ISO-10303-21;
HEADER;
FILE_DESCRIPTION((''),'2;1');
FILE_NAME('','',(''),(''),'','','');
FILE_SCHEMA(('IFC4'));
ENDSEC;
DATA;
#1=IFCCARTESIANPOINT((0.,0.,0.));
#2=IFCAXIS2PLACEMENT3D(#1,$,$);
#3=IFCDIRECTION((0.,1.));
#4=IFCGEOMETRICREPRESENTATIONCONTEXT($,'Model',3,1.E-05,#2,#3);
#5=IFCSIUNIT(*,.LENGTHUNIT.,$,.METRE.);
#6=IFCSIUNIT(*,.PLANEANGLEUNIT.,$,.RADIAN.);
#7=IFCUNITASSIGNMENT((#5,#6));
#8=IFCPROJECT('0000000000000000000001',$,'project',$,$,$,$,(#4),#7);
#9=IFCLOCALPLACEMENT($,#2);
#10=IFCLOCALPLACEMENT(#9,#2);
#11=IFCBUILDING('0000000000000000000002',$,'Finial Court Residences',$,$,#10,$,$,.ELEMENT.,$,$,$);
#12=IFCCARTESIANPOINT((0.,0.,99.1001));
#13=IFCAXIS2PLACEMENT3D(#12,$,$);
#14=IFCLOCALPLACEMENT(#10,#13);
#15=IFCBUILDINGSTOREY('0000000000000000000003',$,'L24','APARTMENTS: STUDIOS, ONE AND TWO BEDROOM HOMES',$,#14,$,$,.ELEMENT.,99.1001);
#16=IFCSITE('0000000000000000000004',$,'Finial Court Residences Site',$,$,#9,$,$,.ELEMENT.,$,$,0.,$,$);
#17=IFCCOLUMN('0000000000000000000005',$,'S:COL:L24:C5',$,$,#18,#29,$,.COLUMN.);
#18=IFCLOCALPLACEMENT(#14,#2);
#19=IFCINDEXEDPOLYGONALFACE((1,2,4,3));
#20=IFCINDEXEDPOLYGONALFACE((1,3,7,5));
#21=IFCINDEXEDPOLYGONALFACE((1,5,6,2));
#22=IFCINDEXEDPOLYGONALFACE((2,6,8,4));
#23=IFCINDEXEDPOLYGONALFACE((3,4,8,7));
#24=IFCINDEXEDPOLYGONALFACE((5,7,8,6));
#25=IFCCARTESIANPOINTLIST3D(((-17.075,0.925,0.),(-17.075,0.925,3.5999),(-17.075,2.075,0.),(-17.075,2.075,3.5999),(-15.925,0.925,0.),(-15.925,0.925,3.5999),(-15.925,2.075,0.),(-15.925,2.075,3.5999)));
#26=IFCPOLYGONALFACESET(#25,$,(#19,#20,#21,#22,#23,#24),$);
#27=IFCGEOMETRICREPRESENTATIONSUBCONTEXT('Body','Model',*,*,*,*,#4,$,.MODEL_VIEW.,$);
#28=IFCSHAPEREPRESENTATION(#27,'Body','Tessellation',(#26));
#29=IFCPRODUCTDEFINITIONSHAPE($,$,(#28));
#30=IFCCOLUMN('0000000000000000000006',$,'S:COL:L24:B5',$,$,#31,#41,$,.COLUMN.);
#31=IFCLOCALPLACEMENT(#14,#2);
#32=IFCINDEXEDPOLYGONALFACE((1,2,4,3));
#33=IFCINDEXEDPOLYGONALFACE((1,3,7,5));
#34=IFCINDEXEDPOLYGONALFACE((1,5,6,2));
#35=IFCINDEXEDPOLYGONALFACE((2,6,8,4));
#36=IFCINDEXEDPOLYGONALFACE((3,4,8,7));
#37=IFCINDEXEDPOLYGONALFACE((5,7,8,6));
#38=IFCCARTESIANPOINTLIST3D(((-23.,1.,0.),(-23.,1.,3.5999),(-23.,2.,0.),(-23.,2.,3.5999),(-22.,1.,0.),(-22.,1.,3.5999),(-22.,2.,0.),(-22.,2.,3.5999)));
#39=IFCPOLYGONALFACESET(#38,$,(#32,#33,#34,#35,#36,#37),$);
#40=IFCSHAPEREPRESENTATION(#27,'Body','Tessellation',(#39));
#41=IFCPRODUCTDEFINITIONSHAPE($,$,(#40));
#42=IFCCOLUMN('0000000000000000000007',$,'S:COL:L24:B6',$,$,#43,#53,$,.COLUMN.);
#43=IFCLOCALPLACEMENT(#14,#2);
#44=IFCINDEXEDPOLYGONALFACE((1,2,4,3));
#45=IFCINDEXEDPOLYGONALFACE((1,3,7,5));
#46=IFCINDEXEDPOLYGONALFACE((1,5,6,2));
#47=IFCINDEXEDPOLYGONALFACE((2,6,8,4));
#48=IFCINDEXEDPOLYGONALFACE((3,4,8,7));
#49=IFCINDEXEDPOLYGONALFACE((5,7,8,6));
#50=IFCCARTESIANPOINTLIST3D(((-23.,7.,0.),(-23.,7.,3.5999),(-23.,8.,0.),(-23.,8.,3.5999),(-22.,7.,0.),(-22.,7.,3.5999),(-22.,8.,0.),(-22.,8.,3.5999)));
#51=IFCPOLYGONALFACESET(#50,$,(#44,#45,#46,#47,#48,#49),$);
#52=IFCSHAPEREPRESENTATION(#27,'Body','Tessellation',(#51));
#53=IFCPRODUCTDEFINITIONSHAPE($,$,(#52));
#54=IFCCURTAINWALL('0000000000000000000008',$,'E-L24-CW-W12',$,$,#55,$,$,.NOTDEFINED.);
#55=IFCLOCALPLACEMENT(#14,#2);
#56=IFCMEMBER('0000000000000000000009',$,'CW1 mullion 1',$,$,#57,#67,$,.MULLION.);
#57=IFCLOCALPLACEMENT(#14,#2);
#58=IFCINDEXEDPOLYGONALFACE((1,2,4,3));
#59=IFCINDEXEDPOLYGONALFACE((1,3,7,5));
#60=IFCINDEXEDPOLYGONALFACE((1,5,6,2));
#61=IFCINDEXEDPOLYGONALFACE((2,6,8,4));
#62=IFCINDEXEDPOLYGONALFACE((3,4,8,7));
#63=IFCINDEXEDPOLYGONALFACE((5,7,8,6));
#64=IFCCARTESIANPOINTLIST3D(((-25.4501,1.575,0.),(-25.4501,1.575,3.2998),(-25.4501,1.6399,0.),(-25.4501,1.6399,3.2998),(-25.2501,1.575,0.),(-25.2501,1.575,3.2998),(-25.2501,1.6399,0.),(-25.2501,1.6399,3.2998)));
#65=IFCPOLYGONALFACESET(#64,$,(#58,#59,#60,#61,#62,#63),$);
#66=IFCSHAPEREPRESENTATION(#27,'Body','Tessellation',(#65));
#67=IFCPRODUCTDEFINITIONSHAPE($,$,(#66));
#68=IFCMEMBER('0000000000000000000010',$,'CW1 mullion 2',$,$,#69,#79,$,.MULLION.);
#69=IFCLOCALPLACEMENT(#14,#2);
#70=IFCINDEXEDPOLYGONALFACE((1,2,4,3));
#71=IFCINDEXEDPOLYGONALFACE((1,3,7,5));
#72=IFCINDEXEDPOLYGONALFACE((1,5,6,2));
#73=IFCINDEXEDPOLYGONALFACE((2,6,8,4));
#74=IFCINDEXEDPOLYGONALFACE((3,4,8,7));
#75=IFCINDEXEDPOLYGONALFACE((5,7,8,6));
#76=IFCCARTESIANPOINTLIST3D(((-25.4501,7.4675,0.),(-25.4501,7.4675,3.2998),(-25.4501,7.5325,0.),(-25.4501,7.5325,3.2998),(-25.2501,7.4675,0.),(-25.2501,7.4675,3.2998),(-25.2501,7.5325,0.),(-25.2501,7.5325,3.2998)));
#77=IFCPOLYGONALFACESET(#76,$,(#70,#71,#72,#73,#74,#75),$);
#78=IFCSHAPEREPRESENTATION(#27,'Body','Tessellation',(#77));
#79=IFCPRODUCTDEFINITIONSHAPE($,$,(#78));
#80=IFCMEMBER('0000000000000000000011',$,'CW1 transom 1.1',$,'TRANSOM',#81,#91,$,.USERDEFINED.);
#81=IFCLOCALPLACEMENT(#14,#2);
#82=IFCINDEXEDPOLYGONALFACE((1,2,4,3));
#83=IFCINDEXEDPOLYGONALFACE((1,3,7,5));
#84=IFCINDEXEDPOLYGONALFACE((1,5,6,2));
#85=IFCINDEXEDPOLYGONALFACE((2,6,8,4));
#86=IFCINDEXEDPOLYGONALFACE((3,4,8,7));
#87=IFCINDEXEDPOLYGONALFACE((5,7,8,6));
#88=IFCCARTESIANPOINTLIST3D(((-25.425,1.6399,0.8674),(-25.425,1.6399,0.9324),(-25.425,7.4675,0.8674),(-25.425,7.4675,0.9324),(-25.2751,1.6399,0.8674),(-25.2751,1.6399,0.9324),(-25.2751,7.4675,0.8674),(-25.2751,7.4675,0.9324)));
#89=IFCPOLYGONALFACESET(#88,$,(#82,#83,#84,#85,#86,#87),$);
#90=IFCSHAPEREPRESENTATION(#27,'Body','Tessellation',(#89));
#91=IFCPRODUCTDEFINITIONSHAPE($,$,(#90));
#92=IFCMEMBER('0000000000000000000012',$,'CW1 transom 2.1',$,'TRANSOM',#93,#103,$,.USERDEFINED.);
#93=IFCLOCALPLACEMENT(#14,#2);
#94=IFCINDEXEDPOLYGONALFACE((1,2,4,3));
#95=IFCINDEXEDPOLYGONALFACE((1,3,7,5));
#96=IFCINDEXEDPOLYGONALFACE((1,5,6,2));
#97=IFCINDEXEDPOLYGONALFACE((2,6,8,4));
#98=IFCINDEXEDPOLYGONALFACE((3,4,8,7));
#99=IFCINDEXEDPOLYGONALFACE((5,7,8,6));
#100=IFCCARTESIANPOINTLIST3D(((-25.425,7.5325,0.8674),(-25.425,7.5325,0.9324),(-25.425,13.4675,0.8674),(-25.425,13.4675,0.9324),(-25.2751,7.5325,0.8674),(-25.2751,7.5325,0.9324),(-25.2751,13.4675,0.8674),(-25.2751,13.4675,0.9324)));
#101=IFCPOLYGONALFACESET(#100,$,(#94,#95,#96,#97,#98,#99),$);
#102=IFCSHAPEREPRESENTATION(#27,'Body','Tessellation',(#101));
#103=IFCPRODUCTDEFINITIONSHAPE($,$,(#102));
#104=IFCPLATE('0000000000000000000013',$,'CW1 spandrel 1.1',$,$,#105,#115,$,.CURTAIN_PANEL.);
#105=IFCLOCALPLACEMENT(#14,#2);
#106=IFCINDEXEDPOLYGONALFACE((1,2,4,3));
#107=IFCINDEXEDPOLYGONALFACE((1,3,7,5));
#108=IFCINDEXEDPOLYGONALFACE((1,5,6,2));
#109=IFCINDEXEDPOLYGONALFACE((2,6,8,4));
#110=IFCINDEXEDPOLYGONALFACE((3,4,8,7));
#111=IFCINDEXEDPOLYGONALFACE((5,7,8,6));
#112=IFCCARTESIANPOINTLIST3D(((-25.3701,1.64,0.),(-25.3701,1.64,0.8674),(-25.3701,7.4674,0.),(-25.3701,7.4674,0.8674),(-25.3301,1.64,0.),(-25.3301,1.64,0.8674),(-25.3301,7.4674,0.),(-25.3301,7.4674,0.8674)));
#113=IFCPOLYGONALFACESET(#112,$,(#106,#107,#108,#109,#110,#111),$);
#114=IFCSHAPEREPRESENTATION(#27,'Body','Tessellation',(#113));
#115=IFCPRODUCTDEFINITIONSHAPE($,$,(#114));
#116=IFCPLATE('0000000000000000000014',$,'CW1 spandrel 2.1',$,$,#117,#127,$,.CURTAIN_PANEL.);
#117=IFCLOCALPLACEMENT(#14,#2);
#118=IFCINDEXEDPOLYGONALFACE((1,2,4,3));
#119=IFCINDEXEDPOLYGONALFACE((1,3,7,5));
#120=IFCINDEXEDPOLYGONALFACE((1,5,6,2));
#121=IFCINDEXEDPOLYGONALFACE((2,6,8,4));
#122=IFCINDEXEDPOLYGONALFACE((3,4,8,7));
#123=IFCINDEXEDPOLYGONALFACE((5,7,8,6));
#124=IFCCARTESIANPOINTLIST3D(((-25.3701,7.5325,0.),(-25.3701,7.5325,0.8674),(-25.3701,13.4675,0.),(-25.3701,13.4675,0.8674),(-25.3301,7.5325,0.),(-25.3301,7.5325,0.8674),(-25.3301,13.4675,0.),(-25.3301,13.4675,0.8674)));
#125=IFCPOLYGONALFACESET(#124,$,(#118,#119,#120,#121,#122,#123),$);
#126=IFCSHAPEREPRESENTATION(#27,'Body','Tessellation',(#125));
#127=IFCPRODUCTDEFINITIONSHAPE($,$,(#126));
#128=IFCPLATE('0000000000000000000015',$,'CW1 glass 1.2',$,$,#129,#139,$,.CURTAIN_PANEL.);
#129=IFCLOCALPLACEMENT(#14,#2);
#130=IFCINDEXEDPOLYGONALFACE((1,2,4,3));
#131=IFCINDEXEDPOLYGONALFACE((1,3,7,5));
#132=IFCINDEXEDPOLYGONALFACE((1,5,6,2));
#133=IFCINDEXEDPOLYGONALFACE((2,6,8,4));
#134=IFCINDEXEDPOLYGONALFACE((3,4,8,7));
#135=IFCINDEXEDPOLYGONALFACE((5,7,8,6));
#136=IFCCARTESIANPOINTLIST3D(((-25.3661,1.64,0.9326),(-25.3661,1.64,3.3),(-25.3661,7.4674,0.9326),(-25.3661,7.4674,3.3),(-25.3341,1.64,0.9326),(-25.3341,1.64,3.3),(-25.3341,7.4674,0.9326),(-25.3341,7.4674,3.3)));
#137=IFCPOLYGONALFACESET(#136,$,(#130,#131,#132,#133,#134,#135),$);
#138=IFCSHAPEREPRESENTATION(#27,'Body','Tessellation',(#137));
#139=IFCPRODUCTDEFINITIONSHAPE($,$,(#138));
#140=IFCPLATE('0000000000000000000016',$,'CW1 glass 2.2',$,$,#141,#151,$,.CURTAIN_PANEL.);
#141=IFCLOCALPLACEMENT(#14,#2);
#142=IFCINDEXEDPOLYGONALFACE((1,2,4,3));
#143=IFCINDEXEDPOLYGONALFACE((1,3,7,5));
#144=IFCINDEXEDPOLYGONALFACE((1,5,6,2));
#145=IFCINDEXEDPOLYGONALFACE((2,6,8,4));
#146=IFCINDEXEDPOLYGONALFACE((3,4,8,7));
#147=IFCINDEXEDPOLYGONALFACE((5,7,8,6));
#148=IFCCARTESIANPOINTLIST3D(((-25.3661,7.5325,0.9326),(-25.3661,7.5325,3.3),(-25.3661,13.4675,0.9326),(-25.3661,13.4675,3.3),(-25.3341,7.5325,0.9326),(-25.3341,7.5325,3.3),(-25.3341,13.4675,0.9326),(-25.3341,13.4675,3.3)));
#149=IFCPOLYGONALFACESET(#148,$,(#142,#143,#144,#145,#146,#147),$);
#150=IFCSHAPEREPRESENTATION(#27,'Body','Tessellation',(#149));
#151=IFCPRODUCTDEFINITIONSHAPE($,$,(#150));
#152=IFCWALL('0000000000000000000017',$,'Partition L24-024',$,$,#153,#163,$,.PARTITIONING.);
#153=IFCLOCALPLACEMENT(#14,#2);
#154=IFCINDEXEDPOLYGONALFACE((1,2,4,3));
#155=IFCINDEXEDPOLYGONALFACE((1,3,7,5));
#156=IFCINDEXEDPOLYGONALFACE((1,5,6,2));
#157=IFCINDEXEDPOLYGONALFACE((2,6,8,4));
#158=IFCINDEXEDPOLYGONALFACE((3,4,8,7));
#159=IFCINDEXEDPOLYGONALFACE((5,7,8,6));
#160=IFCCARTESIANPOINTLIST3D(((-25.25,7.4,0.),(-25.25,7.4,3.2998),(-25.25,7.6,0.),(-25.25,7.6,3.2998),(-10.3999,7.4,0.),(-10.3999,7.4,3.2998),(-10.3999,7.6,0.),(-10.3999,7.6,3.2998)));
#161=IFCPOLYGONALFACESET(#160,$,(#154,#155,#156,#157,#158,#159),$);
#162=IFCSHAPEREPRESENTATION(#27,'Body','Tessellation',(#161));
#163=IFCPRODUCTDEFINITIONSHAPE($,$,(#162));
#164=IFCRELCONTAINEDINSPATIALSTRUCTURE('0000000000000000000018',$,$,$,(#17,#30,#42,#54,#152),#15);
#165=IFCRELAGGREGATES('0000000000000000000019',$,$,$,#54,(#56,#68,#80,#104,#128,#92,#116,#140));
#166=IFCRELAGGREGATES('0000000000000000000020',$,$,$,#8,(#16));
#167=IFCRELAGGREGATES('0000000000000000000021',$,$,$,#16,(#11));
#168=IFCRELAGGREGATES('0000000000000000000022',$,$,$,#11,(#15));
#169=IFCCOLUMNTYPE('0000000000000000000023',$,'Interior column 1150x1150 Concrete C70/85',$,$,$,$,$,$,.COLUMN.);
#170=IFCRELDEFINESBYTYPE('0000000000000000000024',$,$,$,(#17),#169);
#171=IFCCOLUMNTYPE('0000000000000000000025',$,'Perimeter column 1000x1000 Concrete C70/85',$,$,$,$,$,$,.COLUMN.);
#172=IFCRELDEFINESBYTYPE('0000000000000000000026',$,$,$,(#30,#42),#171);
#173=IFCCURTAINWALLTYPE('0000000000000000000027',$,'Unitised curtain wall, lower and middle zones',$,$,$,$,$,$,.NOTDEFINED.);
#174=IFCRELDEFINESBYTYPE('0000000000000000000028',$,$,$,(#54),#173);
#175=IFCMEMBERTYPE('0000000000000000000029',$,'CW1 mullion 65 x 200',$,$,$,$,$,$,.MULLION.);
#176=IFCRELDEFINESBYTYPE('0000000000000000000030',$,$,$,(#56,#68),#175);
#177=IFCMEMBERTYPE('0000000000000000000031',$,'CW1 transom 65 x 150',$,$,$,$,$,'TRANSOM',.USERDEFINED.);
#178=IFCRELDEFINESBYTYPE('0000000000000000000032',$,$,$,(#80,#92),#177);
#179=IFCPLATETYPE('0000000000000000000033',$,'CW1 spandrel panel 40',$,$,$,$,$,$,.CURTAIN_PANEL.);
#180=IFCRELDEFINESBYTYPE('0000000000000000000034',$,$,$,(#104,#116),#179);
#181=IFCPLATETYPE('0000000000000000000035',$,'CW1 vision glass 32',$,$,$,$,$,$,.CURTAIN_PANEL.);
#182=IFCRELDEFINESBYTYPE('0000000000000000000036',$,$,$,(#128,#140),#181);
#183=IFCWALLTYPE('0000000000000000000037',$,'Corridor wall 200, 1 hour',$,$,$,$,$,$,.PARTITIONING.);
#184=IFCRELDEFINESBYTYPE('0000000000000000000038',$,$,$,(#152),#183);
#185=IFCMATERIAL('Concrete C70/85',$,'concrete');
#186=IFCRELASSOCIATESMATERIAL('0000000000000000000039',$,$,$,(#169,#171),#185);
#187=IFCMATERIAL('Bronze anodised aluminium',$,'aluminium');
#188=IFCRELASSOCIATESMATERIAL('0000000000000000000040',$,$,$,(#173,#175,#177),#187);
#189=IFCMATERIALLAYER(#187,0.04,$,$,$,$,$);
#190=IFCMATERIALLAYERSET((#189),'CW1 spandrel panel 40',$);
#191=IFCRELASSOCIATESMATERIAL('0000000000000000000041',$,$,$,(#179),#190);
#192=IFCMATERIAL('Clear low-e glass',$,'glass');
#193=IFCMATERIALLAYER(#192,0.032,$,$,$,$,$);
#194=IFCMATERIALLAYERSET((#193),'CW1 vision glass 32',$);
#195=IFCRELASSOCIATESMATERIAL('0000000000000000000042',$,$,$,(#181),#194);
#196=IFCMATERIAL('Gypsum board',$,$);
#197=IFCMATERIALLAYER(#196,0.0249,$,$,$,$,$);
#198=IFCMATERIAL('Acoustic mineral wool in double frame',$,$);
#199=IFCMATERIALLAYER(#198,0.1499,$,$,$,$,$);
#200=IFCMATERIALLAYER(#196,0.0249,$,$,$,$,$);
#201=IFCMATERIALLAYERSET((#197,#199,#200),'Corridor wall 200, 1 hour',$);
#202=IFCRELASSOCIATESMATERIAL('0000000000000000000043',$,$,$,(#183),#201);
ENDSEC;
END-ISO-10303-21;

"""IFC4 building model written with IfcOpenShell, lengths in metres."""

from ifc_helpers import new_model, si_unit, direction, frame, frame_2d, origin, origin_2d, place, context, subcontext, project, spatial, rectangle, extrude, material, layer, layer_set, material_profile, profile_set, type_object, element, aggregate, save


model = new_model("IFC4")

# Units and contexts
model_context = context("Model", 3, precision=1e-05, world=origin(), true_north=direction((0.0, 1.0)))
body_context = subcontext(model_context, "Body", "Model", "MODEL_VIEW")
ifc_project = project(units=[si_unit("LENGTHUNIT", "METRE"), si_unit("PLANEANGLEUNIT", "RADIAN")], contexts=[model_context])

# Site, building, storey
site_placement = place(None, origin())
site = spatial("IfcSite", under=ifc_project, at=site_placement, Name="Finial Court Residences Site", CompositionType="ELEMENT", RefElevation=0.0)
building_placement = place(site_placement, origin())
building = spatial("IfcBuilding", under=site, at=building_placement, Name="Finial Court Residences", CompositionType="ELEMENT")
storey_placement = place(building_placement, frame((0.0, 0.0, 99.1001)))
storey = spatial("IfcBuildingStorey", under=building, at=storey_placement, Name="L24", Description="APARTMENTS: STUDIOS, ONE AND TWO BEDROOM HOMES", CompositionType="ELEMENT", Elevation=99.1001)

# Columns
ifc_material_1 = material(Name="Concrete C70/85", Category="concrete")
ifc_material_profile_1 = material_profile(ifc_material_1, rectangle(XDim=1.1499, YDim=1.1499, at=origin_2d()), Name="1150x1150")
ifc_profile_set_1 = profile_set([ifc_material_profile_1], Name="Concrete C70/85")
column_type_1 = type_object("IfcColumnType", Name="Interior column 1150x1150 Concrete C70/85", PredefinedType="COLUMN", material=ifc_profile_set_1)
column_placement = place(storey_placement, frame((-16.5, 1.5, 0.0), z_axis=(0.0, 0.0, 1.0), x_axis=(1.0, 0.0, 0.0)))
element("IfcColumn", 1, at=column_placement, inside=storey, type_object=column_type_1, Name="S:COL:L24:C5", PredefinedType="COLUMN", context=body_context, shape_type="SweptSolid", body=[
    extrude(rectangle(XDim=1.1499, YDim=1.1499, at=origin_2d()), origin(), (0.0, 0.0, 1.0), 3.5999),
])
ifc_material_profile_2 = material_profile(ifc_material_1, rectangle(XDim=1.0, YDim=1.0, at=origin_2d()), Name="1000x1000")
ifc_profile_set_2 = profile_set([ifc_material_profile_2], Name="Concrete C70/85")
column_type_2 = type_object("IfcColumnType", Name="Perimeter column 1000x1000 Concrete C70/85", PredefinedType="COLUMN", material=ifc_profile_set_2)
for number, where, z_axis, x_axis, name in (
    (2, (-22.5, 1.5, 0.0), (0.0, 0.0, 1.0), (1.0, 0.0, 0.0), "S:COL:L24:B5"),
    (3, (-22.5, 7.5, 0.0), (0.0, 0.0, 1.0), (1.0, 0.0, 0.0), "S:COL:L24:B6"),
):
    element("IfcColumn", number, at=place(storey_placement, frame(where, z_axis=z_axis, x_axis=x_axis)), inside=storey, type_object=column_type_2, Name=name, PredefinedType="COLUMN", context=body_context, shape_type="SweptSolid", body=[
        extrude(rectangle(XDim=1.0, YDim=1.0, at=origin_2d()), origin(), (0.0, 0.0, 1.0), 3.5999),
    ])

# Curtain wall, members, plates
ifc_material_2 = material(Name="Bronze anodised aluminium", Category="aluminium")
curtain_wall_type = type_object("IfcCurtainWallType", Name="Unitised curtain wall, lower and middle zones", PredefinedType="NOTDEFINED", material=ifc_material_2)
curtain_wall_placement = place(storey_placement, origin())
curtain_wall = element("IfcCurtainWall", 4, at=curtain_wall_placement, inside=storey, type_object=curtain_wall_type, Name="E-L24-CW-W12", PredefinedType="NOTDEFINED")
ifc_material_profile_3 = material_profile(ifc_material_2, rectangle(XDim=0.2, YDim=0.0649, at=origin_2d()), Name="CW1 mullion 65 x 200")
ifc_profile_set_3 = profile_set([ifc_material_profile_3], Name="Bronze anodised aluminium")
member_type_1 = type_object("IfcMemberType", Name="CW1 mullion 65 x 200", PredefinedType="MULLION", material=ifc_profile_set_3)
member_1_placement = place(storey_placement, frame((-25.3501, 1.6074, 0.0), z_axis=(0.0, 0.0, 1.0), x_axis=(-1.0, 0.0, 0.0)))
member_1 = element("IfcMember", 5, at=member_1_placement, type_object=member_type_1, Name="CW1 mullion 1", PredefinedType="MULLION", context=body_context, shape_type="SweptSolid", body=[
    extrude(rectangle(XDim=0.2, YDim=0.0649, at=origin_2d()), origin(), (0.0, 0.0, 1.0), 3.2998),
])
member_2_placement = place(storey_placement, frame((-25.3501, 7.5, 0.0), z_axis=(0.0, 0.0, 1.0), x_axis=(-1.0, 0.0, 0.0)))
member_2 = element("IfcMember", 6, at=member_2_placement, type_object=member_type_1, Name="CW1 mullion 2", PredefinedType="MULLION", context=body_context, shape_type="SweptSolid", body=[
    extrude(rectangle(XDim=0.2, YDim=0.0649, at=origin_2d()), origin(), (0.0, 0.0, 1.0), 3.2998),
])
ifc_material_profile_4 = material_profile(ifc_material_2, rectangle(XDim=0.1499, YDim=0.0649, at=origin_2d()), Name="CW1 transom 65 x 150")
ifc_profile_set_4 = profile_set([ifc_material_profile_4], Name="Bronze anodised aluminium")
member_type_2 = type_object("IfcMemberType", Name="CW1 transom 65 x 150", ElementType="TRANSOM", PredefinedType="USERDEFINED", material=ifc_profile_set_4)
member_3_placement = place(storey_placement, frame((-25.3501, 1.6399, 0.8999), z_axis=(0.0, 1.0, 0.0), x_axis=(-1.0, 0.0, 0.0)))
member_3 = element("IfcMember", 7, at=member_3_placement, type_object=member_type_2, Name="CW1 transom 1.1", ObjectType="TRANSOM", PredefinedType="USERDEFINED", context=body_context, shape_type="SweptSolid", body=[
    extrude(rectangle(XDim=0.1499, YDim=0.0649, at=origin_2d()), origin(), (0.0, 0.0, 1.0), 5.8276),
])
member_4_placement = place(storey_placement, frame((-25.3501, 7.5325, 0.8999), z_axis=(0.0, 1.0, 0.0), x_axis=(-1.0, 0.0, 0.0)))
member_4 = element("IfcMember", 8, at=member_4_placement, type_object=member_type_2, Name="CW1 transom 2.1", ObjectType="TRANSOM", PredefinedType="USERDEFINED", context=body_context, shape_type="SweptSolid", body=[
    extrude(rectangle(XDim=0.1499, YDim=0.0649, at=origin_2d()), origin(), (0.0, 0.0, 1.0), 5.9351),
])
ifc_layer_1 = layer(ifc_material_2, 0.04)
ifc_layer_set_1 = layer_set([ifc_layer_1], Name="CW1 spandrel panel 40")
plate_type_1 = type_object("IfcPlateType", Name="CW1 spandrel panel 40", PredefinedType="CURTAIN_PANEL", material=ifc_layer_set_1)
plate_1_placement = place(storey_placement, frame((-25.3501, 4.5537, 0.0), z_axis=(0.0, 0.0, 1.0), x_axis=(0.0, 1.0, 0.0)))
plate_1 = element("IfcPlate", 9, at=plate_1_placement, type_object=plate_type_1, Name="CW1 spandrel 1.1", PredefinedType="CURTAIN_PANEL", context=body_context, shape_type="SweptSolid", body=[
    extrude(rectangle(XDim=5.8274, YDim=0.04, at=origin_2d()), origin(), (0.0, 0.0, 1.0), 0.8674),
])
plate_2_placement = place(storey_placement, frame((-25.3501, 10.5, 0.0), z_axis=(0.0, 0.0, 1.0), x_axis=(0.0, 1.0, 0.0)))
plate_2 = element("IfcPlate", 10, at=plate_2_placement, type_object=plate_type_1, Name="CW1 spandrel 2.1", PredefinedType="CURTAIN_PANEL", context=body_context, shape_type="SweptSolid", body=[
    extrude(rectangle(XDim=5.9351, YDim=0.04, at=origin_2d()), origin(), (0.0, 0.0, 1.0), 0.8674),
])
ifc_material_3 = material(Name="Clear low-e glass", Category="glass")
ifc_layer_2 = layer(ifc_material_3, 0.032)
ifc_layer_set_2 = layer_set([ifc_layer_2], Name="CW1 vision glass 32")
plate_type_2 = type_object("IfcPlateType", Name="CW1 vision glass 32", PredefinedType="CURTAIN_PANEL", material=ifc_layer_set_2)
plate_3_placement = place(storey_placement, frame((-25.3501, 4.5537, 0.9326), z_axis=(0.0, 0.0, 1.0), x_axis=(0.0, 1.0, 0.0)))
plate_3 = element("IfcPlate", 11, at=plate_3_placement, type_object=plate_type_2, Name="CW1 glass 1.2", PredefinedType="CURTAIN_PANEL", context=body_context, shape_type="SweptSolid", body=[
    extrude(rectangle(XDim=5.8274, YDim=0.032, at=origin_2d()), origin(), (0.0, 0.0, 1.0), 2.3674),
])
plate_4_placement = place(storey_placement, frame((-25.3501, 10.5, 0.9326), z_axis=(0.0, 0.0, 1.0), x_axis=(0.0, 1.0, 0.0)))
plate_4 = element("IfcPlate", 12, at=plate_4_placement, type_object=plate_type_2, Name="CW1 glass 2.2", PredefinedType="CURTAIN_PANEL", context=body_context, shape_type="SweptSolid", body=[
    extrude(rectangle(XDim=5.9351, YDim=0.032, at=origin_2d()), origin(), (0.0, 0.0, 1.0), 2.3674),
])
aggregate(curtain_wall, [member_1, member_2, member_3, plate_1, plate_3, member_4, plate_2, plate_4])

# Wall
ifc_material_4 = material(Name="Gypsum board")
ifc_layer_3 = layer(ifc_material_4, 0.0249)
ifc_material_5 = material(Name="Acoustic mineral wool in double frame")
ifc_layer_4 = layer(ifc_material_5, 0.1499)
ifc_layer_5 = layer(ifc_material_4, 0.0249)
ifc_layer_set_3 = layer_set([ifc_layer_3, ifc_layer_4, ifc_layer_5], Name="Corridor wall 200, 1 hour")
wall_type_1 = type_object("IfcWallType", Name="Corridor wall 200, 1 hour", PredefinedType="PARTITIONING", material=ifc_layer_set_3)
wall_1_placement = place(storey_placement, frame((-25.25, 7.5, 0.0), z_axis=(0.0, 0.0, 1.0), x_axis=(1.0, 0.0, 0.0)))
element("IfcWall", 13, at=wall_1_placement, inside=storey, type_object=wall_type_1, Name="Partition L24-024", PredefinedType="PARTITIONING", context=body_context, shape_type="SweptSolid", body=[
    extrude(rectangle(XDim=14.8501, YDim=0.2, at=frame_2d((7.425, 0.0))), origin(), (0.0, 0.0, 1.0), 3.2998),
])

save(model, "model.ifc")
